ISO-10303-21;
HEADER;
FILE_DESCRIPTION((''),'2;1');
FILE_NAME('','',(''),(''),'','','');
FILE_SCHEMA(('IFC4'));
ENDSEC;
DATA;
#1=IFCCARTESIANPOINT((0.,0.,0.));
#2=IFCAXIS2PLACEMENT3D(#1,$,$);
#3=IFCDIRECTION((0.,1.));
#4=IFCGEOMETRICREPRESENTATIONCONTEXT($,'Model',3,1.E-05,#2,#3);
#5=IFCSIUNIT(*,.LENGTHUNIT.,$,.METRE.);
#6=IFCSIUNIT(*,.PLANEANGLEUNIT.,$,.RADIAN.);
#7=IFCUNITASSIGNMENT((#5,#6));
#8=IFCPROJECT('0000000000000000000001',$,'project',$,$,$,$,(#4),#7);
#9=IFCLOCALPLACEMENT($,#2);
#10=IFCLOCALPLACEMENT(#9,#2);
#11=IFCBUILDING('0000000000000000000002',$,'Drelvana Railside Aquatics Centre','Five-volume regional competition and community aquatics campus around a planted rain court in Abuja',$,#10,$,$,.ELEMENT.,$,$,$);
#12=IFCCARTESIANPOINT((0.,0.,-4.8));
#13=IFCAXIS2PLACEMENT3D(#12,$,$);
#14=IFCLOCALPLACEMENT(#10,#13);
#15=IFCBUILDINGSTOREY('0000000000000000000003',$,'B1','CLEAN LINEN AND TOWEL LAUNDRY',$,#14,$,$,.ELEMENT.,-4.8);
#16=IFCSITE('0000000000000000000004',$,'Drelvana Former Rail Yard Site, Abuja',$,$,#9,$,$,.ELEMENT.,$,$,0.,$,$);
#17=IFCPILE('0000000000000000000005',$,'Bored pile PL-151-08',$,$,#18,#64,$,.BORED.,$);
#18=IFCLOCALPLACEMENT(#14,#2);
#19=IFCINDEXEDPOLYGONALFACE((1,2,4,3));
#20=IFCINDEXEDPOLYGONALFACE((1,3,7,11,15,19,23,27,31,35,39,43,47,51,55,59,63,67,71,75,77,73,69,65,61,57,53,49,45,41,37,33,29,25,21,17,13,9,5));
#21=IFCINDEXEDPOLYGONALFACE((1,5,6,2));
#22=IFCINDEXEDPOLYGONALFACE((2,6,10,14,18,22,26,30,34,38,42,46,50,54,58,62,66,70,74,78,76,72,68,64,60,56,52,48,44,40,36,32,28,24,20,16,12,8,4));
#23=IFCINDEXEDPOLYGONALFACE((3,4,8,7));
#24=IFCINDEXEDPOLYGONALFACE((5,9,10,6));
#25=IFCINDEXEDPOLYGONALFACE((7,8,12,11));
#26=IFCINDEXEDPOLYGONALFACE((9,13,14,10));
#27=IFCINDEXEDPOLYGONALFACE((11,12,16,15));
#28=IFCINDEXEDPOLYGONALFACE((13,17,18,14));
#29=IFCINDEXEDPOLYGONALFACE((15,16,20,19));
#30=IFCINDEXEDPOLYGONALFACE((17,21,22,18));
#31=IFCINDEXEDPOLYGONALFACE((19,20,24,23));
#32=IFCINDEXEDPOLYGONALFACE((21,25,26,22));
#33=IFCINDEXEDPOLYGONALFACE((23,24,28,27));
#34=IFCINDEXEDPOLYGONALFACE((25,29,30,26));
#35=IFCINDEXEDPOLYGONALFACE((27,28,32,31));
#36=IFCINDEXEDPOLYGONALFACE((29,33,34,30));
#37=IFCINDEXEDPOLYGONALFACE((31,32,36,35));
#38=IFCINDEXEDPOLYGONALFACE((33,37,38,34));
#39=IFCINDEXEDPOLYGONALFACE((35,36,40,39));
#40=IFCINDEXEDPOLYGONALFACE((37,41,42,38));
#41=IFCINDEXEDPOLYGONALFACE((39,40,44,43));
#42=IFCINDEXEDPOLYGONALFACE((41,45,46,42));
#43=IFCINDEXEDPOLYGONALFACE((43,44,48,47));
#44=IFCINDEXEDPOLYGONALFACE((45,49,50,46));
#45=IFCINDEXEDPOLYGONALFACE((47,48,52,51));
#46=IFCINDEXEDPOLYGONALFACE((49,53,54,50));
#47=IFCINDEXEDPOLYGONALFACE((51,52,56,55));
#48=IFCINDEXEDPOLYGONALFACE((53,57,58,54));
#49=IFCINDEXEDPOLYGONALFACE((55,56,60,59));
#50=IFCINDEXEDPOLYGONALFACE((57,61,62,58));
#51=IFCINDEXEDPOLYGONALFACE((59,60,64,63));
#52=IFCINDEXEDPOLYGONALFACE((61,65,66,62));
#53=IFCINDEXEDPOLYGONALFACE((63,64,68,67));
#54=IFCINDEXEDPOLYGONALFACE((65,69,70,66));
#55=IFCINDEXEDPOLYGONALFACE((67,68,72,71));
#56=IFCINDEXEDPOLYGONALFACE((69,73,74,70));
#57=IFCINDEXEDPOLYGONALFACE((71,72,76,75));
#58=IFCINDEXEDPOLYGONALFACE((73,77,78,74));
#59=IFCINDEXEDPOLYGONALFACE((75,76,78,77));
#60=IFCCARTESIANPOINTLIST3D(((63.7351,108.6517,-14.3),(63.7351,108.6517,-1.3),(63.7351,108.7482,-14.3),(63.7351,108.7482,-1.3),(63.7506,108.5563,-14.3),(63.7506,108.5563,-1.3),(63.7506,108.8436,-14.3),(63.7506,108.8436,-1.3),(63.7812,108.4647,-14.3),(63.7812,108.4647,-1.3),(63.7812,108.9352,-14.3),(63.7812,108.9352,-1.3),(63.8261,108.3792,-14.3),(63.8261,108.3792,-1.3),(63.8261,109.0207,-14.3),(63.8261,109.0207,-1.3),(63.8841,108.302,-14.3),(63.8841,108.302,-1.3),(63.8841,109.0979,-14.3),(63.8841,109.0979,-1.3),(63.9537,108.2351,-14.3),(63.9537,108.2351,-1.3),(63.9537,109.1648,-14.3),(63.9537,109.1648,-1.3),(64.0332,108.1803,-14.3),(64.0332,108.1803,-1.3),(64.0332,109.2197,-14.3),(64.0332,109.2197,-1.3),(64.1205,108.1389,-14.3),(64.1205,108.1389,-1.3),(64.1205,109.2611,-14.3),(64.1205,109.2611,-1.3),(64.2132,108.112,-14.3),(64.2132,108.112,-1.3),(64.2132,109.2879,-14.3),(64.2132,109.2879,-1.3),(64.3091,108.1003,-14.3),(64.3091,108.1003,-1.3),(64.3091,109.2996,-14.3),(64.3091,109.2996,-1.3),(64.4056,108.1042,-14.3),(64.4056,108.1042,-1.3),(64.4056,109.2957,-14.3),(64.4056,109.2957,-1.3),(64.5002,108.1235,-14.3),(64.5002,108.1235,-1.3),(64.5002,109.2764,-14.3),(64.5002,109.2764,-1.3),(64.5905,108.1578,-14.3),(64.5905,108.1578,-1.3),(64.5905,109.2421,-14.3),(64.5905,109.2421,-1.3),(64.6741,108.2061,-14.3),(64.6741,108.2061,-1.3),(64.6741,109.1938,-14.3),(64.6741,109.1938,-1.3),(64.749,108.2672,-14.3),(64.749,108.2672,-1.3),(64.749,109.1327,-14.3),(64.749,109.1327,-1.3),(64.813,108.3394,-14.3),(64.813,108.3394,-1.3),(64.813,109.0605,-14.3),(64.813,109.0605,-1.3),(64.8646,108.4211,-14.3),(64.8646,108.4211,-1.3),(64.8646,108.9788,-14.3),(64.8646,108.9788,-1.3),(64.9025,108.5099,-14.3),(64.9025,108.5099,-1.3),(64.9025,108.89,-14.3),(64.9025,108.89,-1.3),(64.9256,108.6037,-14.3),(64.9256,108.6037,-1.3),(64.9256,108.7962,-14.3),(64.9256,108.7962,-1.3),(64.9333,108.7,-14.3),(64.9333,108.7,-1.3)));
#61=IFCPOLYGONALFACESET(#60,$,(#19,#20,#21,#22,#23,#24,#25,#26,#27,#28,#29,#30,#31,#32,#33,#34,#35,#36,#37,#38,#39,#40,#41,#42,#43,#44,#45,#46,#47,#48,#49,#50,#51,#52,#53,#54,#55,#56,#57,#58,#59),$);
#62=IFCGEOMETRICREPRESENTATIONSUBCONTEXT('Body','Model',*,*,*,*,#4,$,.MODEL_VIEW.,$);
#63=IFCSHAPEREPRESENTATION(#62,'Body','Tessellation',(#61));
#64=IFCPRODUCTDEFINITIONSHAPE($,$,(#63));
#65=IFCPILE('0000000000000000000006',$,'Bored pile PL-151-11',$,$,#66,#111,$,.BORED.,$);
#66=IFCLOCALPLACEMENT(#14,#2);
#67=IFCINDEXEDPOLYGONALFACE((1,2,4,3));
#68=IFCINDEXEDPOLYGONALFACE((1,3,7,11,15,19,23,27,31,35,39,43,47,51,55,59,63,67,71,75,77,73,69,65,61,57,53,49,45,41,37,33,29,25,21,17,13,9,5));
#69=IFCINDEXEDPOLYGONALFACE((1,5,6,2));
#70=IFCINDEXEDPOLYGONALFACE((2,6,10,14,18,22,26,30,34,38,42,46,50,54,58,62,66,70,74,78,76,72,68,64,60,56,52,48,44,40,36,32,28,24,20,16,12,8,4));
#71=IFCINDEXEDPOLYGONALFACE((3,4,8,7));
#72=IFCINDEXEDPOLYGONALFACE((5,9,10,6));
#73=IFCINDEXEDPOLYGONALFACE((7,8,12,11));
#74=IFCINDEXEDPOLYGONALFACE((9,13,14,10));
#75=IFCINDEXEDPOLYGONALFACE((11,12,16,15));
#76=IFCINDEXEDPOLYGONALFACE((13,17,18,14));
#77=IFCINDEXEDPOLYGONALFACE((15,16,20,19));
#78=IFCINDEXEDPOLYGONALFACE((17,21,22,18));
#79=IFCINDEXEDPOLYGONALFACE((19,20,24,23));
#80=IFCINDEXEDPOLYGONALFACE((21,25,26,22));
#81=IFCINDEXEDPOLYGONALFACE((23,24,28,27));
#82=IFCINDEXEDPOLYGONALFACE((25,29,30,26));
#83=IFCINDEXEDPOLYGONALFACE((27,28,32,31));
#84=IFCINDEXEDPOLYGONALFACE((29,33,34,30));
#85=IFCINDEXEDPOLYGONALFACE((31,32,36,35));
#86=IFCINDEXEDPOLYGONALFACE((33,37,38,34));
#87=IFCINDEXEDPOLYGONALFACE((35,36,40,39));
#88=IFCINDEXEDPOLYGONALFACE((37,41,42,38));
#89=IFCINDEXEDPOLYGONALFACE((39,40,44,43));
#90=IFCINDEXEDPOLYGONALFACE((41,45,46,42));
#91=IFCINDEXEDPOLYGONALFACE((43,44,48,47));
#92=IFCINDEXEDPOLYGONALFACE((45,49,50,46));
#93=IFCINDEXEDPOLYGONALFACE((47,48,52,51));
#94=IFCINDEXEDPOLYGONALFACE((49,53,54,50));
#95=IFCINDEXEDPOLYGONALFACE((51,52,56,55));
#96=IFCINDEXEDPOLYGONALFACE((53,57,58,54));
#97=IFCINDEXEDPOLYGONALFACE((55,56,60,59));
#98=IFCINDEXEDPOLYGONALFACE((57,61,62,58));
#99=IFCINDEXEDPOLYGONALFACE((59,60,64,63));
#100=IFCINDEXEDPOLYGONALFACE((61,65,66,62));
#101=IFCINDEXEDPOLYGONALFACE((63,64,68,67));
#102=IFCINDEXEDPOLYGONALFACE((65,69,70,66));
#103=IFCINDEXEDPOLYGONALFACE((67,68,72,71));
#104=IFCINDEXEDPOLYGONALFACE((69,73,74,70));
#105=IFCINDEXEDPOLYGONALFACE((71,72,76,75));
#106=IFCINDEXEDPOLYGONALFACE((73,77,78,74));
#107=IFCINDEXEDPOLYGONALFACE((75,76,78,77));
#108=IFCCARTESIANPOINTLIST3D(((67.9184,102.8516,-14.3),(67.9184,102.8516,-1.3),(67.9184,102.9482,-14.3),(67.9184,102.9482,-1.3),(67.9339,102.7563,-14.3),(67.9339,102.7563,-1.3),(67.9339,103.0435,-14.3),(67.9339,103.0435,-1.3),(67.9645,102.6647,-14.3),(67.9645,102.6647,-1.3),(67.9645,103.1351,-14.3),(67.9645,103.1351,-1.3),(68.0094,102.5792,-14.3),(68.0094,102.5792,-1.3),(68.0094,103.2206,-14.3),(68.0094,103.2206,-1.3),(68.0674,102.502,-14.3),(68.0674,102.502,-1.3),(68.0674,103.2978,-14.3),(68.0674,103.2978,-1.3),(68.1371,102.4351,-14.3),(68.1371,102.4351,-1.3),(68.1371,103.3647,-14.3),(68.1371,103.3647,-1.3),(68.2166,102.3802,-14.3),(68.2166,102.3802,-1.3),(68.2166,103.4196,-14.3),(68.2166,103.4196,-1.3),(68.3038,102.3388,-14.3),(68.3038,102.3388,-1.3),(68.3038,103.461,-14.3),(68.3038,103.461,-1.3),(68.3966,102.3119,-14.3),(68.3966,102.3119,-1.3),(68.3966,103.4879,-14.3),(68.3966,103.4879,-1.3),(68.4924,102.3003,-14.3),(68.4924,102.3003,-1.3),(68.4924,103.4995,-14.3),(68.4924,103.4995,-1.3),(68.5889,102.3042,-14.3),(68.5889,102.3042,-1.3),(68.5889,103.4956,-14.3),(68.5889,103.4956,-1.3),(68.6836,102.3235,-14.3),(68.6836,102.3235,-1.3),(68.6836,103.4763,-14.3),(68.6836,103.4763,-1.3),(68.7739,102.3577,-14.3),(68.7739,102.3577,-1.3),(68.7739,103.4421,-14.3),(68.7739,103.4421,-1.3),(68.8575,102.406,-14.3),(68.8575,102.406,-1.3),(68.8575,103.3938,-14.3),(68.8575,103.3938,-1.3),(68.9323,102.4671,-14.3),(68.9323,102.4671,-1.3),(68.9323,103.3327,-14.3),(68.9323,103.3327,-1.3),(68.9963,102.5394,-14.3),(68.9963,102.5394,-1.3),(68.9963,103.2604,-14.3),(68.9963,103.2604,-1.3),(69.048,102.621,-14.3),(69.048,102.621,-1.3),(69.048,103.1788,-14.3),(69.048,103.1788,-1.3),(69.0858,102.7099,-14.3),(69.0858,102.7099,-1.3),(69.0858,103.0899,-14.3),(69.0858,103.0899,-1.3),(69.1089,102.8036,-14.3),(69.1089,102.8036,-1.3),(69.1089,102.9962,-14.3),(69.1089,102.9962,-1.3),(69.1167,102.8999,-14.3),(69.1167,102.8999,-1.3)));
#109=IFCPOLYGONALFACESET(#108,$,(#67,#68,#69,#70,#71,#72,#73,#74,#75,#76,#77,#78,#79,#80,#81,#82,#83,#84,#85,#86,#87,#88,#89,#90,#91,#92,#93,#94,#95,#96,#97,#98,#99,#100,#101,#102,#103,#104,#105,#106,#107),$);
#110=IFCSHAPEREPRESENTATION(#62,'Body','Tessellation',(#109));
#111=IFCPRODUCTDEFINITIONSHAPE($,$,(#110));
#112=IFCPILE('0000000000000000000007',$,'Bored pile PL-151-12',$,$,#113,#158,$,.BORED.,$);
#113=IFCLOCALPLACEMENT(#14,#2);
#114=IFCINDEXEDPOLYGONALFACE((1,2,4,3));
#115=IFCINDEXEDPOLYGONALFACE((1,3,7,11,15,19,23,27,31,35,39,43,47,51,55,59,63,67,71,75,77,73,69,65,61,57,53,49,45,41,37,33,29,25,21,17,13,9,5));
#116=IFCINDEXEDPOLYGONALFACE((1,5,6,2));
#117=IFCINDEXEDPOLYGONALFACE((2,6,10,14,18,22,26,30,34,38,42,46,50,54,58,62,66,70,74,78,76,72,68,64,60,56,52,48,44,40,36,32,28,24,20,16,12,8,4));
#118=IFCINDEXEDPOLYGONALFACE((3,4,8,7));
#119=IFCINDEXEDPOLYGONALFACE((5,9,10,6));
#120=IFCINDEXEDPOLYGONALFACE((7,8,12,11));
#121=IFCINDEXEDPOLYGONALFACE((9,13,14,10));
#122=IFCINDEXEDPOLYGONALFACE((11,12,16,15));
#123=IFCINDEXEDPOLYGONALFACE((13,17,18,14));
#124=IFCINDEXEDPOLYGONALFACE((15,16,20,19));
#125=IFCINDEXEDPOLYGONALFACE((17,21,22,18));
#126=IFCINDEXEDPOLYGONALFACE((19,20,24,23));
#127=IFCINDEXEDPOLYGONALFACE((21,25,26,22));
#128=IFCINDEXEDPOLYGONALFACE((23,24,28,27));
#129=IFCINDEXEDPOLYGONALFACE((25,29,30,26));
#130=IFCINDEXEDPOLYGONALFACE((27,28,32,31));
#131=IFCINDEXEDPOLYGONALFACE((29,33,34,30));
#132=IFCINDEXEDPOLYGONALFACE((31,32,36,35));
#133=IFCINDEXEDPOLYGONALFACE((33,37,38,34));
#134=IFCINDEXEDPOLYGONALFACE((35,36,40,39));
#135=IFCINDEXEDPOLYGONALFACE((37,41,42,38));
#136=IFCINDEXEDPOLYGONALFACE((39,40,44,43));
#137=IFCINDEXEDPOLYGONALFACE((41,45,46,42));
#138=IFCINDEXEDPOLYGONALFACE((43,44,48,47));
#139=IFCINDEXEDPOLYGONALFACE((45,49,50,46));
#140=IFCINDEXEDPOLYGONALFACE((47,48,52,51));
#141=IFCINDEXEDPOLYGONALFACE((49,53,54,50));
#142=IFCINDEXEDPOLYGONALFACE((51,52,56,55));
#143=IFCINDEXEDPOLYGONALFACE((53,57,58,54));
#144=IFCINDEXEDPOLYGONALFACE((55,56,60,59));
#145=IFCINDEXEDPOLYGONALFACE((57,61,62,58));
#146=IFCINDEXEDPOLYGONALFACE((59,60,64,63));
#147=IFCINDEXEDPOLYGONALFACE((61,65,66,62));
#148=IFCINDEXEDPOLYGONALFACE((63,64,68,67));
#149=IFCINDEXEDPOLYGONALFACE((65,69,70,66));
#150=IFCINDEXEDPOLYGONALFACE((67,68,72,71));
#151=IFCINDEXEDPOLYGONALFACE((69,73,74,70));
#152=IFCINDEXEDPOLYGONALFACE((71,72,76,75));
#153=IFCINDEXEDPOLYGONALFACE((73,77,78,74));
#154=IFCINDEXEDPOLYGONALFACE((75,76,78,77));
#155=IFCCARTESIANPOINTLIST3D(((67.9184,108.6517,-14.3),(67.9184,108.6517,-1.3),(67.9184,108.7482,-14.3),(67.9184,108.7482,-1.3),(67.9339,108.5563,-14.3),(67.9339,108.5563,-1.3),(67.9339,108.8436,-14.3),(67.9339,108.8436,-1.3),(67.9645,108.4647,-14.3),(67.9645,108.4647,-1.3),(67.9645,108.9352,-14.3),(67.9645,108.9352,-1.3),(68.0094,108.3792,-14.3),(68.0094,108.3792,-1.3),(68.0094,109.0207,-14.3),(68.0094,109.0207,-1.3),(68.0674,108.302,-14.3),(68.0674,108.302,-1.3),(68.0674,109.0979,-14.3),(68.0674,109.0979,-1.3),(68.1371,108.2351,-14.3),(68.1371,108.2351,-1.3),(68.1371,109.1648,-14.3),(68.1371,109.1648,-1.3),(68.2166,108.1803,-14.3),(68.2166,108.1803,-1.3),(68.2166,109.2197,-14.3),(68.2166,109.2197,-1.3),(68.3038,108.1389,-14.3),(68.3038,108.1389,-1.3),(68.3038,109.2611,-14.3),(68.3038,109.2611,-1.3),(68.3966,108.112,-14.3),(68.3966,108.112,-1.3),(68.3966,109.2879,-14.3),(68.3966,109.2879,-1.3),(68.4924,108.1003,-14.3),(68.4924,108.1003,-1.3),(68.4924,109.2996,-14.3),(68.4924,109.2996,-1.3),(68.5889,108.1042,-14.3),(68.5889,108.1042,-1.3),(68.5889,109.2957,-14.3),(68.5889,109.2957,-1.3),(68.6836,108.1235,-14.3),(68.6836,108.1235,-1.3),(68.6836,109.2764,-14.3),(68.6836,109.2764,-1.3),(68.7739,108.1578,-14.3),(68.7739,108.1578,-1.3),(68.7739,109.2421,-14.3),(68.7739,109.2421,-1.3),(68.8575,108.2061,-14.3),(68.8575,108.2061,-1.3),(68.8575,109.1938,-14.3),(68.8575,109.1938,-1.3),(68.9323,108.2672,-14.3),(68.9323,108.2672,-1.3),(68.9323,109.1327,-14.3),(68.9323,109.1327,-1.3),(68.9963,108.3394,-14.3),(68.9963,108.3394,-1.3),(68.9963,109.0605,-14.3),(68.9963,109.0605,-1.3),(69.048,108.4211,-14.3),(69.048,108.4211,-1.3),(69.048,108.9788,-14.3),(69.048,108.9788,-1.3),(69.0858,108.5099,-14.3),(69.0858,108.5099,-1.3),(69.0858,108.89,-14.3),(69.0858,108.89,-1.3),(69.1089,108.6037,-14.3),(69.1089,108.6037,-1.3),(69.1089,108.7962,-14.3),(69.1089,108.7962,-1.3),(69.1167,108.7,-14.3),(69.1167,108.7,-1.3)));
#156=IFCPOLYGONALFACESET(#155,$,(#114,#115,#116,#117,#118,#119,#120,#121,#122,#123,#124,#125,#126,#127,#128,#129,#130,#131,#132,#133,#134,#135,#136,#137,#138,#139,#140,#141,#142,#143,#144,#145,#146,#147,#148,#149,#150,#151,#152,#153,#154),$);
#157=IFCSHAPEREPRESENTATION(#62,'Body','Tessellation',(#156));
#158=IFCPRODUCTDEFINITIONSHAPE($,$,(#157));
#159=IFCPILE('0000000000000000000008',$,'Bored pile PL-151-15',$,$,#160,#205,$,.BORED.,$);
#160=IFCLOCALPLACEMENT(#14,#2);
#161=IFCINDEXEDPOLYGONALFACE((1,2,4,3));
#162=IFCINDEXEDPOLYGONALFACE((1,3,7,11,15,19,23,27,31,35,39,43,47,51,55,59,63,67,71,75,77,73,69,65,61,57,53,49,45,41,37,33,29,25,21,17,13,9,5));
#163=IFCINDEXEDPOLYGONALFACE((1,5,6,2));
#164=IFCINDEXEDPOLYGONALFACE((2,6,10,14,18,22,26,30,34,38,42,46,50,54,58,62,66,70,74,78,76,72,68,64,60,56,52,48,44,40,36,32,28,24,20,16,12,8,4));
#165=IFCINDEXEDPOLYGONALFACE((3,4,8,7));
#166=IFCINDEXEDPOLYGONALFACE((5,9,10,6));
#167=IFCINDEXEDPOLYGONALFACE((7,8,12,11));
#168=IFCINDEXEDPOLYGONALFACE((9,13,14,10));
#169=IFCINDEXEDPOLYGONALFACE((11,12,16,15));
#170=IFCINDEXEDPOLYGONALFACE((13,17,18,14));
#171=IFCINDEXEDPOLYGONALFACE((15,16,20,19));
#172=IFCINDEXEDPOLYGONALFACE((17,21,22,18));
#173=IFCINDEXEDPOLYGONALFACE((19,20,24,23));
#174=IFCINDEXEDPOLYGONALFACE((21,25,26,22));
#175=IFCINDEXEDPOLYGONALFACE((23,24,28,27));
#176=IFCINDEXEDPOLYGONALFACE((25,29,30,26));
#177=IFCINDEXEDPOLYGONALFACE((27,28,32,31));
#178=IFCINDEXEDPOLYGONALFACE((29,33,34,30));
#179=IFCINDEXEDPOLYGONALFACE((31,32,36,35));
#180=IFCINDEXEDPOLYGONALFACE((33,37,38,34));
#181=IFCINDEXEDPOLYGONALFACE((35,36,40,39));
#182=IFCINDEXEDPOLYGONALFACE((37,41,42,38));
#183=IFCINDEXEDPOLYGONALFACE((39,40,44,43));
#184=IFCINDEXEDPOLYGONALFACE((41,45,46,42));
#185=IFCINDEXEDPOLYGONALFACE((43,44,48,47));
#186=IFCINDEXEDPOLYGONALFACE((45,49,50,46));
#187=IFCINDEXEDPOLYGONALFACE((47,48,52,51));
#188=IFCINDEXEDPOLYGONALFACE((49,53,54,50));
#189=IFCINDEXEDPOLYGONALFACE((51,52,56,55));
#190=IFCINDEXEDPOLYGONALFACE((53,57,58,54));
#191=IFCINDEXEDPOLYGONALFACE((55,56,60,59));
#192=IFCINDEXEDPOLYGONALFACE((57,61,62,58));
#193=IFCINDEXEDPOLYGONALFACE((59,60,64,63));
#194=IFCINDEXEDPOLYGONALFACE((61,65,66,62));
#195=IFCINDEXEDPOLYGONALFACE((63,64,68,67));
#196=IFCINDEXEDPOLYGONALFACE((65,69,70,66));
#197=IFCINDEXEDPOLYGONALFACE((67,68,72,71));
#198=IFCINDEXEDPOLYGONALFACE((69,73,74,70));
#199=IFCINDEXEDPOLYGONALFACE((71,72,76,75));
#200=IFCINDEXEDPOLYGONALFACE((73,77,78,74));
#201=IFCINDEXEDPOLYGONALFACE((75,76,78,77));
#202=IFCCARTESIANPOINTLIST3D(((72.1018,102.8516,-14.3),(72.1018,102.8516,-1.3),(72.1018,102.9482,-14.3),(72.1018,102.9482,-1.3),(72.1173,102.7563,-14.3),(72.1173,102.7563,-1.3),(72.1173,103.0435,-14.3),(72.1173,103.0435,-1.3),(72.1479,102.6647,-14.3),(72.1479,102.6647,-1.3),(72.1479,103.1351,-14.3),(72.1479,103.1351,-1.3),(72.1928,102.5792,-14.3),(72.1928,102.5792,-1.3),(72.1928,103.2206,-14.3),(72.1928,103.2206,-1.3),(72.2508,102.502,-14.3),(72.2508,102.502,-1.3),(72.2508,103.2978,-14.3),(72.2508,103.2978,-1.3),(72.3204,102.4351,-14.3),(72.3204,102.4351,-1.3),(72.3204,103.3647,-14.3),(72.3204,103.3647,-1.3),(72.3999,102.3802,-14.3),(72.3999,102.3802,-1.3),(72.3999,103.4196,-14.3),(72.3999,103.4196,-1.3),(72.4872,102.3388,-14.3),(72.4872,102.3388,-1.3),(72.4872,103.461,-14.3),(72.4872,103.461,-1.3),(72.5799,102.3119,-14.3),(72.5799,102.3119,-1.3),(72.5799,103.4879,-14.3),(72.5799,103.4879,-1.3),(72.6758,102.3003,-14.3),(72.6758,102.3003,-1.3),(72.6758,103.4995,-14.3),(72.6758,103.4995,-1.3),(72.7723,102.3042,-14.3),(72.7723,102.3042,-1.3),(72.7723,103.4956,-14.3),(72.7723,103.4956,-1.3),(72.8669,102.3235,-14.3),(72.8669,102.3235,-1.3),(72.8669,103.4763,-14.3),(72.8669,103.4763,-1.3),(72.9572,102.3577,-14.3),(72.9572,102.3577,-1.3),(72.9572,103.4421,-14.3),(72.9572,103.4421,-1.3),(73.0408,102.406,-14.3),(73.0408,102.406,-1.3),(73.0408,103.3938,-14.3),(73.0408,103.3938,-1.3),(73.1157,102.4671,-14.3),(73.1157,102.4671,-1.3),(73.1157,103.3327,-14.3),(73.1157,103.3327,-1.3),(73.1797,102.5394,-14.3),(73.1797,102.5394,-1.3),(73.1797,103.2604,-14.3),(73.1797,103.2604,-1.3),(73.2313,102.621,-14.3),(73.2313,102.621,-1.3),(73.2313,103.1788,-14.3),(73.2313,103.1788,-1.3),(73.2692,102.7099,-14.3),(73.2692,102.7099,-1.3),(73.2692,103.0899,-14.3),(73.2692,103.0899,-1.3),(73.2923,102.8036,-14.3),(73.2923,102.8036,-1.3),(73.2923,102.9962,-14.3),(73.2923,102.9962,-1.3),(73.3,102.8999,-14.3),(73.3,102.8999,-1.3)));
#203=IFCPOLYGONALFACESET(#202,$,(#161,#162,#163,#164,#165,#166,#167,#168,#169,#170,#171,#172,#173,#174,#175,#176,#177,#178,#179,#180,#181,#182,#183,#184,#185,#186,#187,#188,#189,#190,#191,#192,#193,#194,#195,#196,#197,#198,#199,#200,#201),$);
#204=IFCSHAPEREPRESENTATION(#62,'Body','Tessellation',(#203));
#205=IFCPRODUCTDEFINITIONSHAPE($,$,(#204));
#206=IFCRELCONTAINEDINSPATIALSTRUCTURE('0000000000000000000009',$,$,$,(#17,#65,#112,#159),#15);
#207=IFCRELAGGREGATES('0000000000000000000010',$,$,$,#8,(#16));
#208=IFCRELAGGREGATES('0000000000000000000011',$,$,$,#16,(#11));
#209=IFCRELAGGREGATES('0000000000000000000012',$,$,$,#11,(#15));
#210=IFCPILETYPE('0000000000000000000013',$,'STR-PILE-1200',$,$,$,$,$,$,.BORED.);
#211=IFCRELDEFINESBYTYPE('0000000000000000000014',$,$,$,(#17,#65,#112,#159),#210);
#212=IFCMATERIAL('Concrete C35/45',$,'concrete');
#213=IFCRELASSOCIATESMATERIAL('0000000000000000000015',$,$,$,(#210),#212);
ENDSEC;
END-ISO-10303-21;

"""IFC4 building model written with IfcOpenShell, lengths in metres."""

from ifc_helpers import new_model, si_unit, direction, frame, origin, origin_2d, place, context, subcontext, project, spatial, circle, extrude, material, material_profile, profile_set, type_object, element, save


model = new_model("IFC4")

# Units and contexts
model_context = context("Model", 3, precision=1e-05, world=origin(), true_north=direction((0.0, 1.0)))
body_context = subcontext(model_context, "Body", "Model", "MODEL_VIEW")
ifc_project = project(units=[si_unit("LENGTHUNIT", "METRE"), si_unit("PLANEANGLEUNIT", "RADIAN")], contexts=[model_context])

# Site, building, storey
site_placement = place(None, origin())
site = spatial("IfcSite", under=ifc_project, at=site_placement, Name="Drelvana Former Rail Yard Site, Abuja", CompositionType="ELEMENT", RefElevation=0.0)
building_placement = place(site_placement, origin())
building = spatial("IfcBuilding", under=site, at=building_placement, Name="Drelvana Railside Aquatics Centre", Description="Five-volume regional competition and community aquatics campus around a planted rain court in Abuja", CompositionType="ELEMENT")
storey_placement = place(building_placement, frame((0.0, 0.0, -4.8)))
storey = spatial("IfcBuildingStorey", under=building, at=storey_placement, Name="B1", Description="CLEAN LINEN AND TOWEL LAUNDRY", CompositionType="ELEMENT", Elevation=-4.8)

# Shared definitions
ifc_material_1 = material(Name="Concrete C35/45", Category="concrete")

# Piles
ifc_material_profile_1 = material_profile(ifc_material_1, circle(Radius=0.6001, at=origin_2d()), Name="PILE D1200")
ifc_profile_set_1 = profile_set([ifc_material_profile_1], Name="Concrete C35/45")
pile_type_1 = type_object("IfcPileType", Name="STR-PILE-1200", PredefinedType="BORED", material=ifc_profile_set_1)
for number, where, z_axis, x_axis, name in (
    (1, (64.3333, 108.7, -1.3), (0.0, 0.0, -1.0), (1.0, 0.0, 0.0), "Bored pile PL-151-08"),
    (2, (68.5166, 102.8999, -1.3), (0.0, 0.0, -1.0), (1.0, 0.0, 0.0), "Bored pile PL-151-11"),
    (3, (68.5166, 108.7, -1.3), (0.0, 0.0, -1.0), (1.0, 0.0, 0.0), "Bored pile PL-151-12"),
    (4, (72.7, 102.8999, -1.3), (0.0, 0.0, -1.0), (1.0, 0.0, 0.0), "Bored pile PL-151-15"),
):
    element("IfcPile", number, at=place(storey_placement, frame(where, z_axis=z_axis, x_axis=x_axis)), inside=storey, type_object=pile_type_1, Name=name, PredefinedType="BORED", context=body_context, shape_type="SweptSolid", body=[
        extrude(circle(Radius=0.6001, at=origin_2d()), origin(), (0.0, 0.0, 1.0), 13.0),
    ])

save(model, "model.ifc")
